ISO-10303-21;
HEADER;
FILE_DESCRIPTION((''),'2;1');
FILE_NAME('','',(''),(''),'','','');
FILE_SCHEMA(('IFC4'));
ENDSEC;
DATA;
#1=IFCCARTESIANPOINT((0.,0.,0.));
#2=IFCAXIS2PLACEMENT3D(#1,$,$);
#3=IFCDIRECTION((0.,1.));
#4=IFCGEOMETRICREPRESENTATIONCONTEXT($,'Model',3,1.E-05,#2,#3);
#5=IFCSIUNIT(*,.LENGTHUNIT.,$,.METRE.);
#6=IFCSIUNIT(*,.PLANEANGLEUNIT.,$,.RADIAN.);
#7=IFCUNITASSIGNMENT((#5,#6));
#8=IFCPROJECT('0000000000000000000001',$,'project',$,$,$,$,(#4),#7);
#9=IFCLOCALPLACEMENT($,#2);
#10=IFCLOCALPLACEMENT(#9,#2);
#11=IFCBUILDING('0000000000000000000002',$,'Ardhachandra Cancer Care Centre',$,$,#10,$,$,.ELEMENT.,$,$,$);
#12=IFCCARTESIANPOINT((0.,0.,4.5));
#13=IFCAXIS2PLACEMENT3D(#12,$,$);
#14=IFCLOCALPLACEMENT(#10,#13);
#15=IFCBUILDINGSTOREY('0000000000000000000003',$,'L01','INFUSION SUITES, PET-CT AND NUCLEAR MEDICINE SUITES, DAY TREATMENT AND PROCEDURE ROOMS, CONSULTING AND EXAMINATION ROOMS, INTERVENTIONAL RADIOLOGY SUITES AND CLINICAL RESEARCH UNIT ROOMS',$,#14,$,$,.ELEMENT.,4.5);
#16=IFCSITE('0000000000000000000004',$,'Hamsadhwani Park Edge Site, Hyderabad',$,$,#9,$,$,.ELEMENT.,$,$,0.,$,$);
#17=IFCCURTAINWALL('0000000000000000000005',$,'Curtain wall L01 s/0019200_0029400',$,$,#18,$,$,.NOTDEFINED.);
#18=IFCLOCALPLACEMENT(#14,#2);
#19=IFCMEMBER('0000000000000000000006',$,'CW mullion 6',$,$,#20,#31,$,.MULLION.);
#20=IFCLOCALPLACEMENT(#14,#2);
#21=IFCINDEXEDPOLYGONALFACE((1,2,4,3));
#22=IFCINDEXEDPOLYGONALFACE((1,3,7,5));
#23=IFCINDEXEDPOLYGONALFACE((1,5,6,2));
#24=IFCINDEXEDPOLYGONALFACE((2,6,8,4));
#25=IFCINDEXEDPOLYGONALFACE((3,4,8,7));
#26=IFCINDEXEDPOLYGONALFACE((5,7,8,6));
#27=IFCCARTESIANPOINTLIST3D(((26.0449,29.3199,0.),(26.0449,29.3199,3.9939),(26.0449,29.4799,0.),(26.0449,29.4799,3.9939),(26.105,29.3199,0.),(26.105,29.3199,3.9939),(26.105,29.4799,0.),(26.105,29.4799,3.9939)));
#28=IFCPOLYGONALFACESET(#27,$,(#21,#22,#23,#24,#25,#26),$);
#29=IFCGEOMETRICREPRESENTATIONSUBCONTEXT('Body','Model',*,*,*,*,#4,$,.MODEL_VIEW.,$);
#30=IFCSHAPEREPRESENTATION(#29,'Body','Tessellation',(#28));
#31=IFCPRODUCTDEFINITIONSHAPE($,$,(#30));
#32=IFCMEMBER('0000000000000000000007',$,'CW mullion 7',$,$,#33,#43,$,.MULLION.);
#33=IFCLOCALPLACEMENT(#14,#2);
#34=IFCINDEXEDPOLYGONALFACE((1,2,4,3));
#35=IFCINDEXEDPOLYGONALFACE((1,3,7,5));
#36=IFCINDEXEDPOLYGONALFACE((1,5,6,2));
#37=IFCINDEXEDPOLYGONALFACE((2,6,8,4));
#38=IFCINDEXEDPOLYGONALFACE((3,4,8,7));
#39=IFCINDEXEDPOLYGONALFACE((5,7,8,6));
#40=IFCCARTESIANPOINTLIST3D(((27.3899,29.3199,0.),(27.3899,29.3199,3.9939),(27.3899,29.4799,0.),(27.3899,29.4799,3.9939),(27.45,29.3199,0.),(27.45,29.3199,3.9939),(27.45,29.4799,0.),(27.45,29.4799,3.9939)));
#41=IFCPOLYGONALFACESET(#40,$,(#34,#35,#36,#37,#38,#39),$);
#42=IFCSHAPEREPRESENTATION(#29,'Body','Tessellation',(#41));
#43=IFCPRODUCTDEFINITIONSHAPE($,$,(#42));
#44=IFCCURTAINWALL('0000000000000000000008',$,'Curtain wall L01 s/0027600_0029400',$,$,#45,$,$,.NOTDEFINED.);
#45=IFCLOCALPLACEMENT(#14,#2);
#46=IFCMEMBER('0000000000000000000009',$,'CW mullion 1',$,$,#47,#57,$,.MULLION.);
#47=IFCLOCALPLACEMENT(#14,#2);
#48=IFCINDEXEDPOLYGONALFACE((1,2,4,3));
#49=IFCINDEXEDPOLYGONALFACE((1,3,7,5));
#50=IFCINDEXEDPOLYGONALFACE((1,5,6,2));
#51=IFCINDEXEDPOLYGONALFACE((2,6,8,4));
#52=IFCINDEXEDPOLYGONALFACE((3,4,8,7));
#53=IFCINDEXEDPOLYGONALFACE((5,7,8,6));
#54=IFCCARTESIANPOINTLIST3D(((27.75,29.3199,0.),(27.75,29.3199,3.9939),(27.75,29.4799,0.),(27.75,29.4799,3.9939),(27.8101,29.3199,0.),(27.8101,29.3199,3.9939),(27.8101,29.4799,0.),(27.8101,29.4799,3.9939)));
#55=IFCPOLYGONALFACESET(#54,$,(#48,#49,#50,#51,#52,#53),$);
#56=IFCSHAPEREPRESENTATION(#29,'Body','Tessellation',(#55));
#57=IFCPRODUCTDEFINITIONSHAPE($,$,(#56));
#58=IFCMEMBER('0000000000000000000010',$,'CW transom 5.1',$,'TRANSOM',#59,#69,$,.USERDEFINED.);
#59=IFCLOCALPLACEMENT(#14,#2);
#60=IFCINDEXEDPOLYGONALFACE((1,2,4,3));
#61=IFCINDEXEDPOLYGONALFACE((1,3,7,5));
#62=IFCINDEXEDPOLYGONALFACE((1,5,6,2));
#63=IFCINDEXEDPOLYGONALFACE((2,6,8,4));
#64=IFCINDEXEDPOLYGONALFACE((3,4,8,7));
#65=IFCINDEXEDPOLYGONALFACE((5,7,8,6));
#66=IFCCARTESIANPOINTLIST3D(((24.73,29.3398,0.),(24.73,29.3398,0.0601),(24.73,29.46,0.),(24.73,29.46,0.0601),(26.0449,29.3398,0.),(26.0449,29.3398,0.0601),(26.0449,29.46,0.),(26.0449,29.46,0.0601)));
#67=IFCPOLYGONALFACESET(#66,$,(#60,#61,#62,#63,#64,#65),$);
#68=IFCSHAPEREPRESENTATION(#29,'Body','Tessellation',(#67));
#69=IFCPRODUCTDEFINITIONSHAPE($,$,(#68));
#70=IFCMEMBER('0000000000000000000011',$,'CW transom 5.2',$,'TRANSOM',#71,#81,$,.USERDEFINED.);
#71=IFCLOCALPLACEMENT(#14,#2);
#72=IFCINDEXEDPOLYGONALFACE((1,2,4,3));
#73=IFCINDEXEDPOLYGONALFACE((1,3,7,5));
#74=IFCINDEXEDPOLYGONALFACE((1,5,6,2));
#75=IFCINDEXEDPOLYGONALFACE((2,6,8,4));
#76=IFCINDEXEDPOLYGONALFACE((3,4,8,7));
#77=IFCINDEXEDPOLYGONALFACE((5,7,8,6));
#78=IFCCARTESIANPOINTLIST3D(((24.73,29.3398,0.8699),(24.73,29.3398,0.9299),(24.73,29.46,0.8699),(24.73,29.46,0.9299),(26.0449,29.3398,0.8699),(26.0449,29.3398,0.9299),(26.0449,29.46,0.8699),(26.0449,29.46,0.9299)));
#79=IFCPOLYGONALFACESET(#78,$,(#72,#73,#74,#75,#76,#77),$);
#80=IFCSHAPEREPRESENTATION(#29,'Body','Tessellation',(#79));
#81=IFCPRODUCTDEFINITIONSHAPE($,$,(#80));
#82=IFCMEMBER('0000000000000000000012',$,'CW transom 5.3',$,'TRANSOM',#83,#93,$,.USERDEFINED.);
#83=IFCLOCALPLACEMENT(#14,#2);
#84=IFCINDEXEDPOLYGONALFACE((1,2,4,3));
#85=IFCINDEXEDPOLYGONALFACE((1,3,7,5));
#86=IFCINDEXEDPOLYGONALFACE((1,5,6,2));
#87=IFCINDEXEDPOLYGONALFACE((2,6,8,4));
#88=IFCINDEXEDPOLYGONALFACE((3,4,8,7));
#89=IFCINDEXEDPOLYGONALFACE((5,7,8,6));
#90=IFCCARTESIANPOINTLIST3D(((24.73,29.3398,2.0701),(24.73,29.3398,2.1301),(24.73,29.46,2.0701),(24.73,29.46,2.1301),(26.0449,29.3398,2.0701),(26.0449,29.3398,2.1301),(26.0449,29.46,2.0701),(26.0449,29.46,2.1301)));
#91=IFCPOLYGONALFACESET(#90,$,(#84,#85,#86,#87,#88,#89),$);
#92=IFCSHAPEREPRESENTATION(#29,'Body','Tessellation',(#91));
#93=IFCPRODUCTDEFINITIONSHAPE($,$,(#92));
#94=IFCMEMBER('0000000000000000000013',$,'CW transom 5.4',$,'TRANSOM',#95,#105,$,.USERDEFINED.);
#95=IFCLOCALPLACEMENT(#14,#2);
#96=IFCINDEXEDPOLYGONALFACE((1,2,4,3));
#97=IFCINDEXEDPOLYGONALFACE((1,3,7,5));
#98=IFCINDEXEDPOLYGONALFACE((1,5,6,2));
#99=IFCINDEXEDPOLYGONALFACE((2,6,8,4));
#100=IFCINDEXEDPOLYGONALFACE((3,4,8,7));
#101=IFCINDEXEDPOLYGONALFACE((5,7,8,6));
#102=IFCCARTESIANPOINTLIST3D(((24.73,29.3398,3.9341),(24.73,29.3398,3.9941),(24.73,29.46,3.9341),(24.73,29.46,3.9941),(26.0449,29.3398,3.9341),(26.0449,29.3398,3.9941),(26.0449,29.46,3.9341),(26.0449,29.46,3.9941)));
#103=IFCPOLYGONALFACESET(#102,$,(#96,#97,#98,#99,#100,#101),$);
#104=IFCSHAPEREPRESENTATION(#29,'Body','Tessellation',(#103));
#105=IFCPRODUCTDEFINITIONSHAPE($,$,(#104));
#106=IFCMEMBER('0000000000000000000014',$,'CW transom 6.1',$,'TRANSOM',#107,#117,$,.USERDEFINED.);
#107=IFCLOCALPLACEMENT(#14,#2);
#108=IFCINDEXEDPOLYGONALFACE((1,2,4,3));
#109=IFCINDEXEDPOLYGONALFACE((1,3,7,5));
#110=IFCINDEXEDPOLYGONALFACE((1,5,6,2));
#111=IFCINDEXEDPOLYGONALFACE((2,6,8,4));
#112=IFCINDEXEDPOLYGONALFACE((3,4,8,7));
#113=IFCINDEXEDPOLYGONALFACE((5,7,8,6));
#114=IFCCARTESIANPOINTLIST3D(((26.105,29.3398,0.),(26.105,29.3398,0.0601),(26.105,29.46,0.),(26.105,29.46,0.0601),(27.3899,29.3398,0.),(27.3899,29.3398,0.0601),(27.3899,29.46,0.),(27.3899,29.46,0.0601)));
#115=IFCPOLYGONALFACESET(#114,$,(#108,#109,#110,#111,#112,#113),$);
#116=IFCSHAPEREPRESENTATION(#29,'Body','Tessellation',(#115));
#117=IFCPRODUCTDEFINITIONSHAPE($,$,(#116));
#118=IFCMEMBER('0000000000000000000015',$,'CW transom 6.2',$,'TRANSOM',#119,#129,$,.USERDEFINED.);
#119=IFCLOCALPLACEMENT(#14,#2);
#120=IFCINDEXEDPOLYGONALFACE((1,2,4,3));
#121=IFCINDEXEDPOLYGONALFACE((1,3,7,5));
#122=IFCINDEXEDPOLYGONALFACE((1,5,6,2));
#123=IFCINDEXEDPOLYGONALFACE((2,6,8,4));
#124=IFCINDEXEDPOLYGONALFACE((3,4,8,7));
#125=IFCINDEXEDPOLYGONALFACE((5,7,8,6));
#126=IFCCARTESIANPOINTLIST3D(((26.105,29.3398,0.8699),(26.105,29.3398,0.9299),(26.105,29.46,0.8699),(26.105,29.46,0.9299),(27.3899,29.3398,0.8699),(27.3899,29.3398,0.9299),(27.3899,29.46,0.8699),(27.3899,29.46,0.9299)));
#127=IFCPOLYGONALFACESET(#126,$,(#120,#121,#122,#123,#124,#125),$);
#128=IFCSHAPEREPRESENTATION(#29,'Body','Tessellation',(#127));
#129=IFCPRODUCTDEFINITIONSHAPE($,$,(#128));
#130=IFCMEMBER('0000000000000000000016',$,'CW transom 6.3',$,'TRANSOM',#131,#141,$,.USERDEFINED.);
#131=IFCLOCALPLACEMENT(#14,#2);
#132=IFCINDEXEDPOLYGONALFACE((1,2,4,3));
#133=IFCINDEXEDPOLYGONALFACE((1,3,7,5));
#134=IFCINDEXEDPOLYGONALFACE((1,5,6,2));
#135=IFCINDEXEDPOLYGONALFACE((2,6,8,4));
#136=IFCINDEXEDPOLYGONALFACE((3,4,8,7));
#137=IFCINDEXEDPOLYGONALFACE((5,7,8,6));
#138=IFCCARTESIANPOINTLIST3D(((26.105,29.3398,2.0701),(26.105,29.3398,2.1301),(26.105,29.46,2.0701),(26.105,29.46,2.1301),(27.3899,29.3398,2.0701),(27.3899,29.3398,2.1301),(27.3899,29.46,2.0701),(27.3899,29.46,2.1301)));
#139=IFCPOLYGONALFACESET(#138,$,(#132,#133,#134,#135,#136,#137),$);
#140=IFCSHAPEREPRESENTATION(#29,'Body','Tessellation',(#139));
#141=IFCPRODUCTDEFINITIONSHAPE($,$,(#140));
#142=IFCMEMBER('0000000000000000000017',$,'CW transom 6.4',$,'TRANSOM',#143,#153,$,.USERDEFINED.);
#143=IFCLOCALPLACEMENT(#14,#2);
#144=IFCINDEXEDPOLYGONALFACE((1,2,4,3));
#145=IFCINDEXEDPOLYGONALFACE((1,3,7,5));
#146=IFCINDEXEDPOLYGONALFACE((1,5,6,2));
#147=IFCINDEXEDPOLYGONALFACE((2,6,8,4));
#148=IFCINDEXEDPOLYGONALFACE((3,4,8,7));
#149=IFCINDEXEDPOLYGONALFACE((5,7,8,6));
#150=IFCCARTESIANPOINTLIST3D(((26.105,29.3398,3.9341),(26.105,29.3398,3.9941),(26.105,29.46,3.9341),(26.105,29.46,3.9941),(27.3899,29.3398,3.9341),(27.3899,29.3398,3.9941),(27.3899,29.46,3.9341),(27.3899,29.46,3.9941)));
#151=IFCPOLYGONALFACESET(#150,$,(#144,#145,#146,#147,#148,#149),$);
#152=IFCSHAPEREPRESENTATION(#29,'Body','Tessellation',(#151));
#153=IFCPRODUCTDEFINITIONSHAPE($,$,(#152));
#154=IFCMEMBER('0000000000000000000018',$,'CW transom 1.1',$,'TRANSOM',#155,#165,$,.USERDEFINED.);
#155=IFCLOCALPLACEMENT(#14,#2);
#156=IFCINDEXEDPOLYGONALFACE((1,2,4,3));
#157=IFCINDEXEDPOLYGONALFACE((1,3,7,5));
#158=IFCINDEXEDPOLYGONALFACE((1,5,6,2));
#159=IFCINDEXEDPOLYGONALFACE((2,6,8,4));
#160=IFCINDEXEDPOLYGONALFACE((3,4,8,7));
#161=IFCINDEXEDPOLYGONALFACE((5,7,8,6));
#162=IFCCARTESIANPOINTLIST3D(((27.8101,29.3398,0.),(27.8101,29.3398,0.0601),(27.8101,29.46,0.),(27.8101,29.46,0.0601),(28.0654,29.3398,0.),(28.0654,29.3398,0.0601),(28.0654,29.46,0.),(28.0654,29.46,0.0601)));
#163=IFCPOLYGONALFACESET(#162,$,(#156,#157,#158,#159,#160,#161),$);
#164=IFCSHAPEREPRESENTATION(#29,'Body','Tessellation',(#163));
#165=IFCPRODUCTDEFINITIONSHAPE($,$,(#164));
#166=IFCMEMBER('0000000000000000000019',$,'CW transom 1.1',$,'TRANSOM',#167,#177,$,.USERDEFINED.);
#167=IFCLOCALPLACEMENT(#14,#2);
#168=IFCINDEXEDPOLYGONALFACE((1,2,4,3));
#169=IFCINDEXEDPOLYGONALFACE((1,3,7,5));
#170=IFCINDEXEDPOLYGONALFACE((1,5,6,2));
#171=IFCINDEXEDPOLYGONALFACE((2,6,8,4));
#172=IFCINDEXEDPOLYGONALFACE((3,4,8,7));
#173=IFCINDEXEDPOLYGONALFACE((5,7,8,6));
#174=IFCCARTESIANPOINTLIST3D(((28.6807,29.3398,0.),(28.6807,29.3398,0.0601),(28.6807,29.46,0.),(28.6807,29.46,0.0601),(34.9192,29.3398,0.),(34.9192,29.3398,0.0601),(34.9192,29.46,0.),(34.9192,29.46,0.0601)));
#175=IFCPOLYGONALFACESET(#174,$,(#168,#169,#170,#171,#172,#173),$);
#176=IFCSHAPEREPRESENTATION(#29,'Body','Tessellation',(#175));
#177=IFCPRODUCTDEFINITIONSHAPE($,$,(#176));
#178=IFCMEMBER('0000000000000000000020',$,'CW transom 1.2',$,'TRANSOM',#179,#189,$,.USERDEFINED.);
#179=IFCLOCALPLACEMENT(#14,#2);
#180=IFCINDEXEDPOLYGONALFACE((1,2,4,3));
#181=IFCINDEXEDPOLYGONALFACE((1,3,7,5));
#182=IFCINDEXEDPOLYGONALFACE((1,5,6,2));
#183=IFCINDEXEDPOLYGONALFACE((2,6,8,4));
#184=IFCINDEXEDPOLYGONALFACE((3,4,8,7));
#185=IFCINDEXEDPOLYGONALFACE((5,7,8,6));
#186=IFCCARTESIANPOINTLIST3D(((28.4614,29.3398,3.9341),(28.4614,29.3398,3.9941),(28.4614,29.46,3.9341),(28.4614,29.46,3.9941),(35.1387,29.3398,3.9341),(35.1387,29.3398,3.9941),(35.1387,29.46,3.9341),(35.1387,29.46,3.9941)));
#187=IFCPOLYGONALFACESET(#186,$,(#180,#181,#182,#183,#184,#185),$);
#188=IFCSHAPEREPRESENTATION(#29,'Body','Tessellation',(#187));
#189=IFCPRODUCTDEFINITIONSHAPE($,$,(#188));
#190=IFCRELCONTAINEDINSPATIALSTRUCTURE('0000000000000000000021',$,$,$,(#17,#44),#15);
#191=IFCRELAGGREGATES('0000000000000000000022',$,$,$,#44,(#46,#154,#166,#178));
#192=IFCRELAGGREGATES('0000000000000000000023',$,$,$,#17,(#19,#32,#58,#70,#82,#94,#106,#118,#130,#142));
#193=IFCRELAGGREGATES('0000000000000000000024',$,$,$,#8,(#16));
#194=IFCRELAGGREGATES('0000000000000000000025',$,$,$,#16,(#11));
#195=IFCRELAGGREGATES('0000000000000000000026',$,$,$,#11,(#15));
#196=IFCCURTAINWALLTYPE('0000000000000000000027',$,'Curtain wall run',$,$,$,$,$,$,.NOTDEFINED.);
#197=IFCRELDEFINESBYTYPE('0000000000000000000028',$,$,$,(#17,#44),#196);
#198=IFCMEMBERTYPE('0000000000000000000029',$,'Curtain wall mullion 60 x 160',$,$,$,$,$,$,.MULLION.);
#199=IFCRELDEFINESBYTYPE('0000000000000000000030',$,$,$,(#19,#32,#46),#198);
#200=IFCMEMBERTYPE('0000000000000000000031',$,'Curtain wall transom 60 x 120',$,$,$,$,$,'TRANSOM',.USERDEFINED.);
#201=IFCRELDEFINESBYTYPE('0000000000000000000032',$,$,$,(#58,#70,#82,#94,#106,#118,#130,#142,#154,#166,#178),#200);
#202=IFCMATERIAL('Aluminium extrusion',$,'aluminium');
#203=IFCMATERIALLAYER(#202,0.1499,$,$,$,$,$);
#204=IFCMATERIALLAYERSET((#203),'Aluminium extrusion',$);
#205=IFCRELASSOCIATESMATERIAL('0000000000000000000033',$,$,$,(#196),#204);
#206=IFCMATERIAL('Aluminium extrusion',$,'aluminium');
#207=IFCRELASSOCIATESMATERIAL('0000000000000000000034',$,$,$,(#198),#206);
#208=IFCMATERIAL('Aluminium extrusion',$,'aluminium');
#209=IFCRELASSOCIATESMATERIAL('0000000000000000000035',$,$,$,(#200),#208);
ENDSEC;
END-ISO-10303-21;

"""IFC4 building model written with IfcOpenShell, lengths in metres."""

from ifc_helpers import new_model, si_unit, direction, frame, origin, origin_2d, place, context, subcontext, project, spatial, rectangle, extrude, material, layer, layer_set, material_profile, profile_set, type_object, element, aggregate, save


model = new_model("IFC4")

# Units and contexts
model_context = context("Model", 3, precision=1e-05, world=origin(), true_north=direction((0.0, 1.0)))
body_context = subcontext(model_context, "Body", "Model", "MODEL_VIEW")
ifc_project = project(units=[si_unit("LENGTHUNIT", "METRE"), si_unit("PLANEANGLEUNIT", "RADIAN")], contexts=[model_context])

# Site, building, storey
site_placement = place(None, origin())
site = spatial("IfcSite", under=ifc_project, at=site_placement, Name="Hamsadhwani Park Edge Site, Hyderabad", CompositionType="ELEMENT", RefElevation=0.0)
building_placement = place(site_placement, origin())
building = spatial("IfcBuilding", under=site, at=building_placement, Name="Ardhachandra Cancer Care Centre", CompositionType="ELEMENT")
storey_placement = place(building_placement, frame((0.0, 0.0, 4.5)))
storey = spatial("IfcBuildingStorey", under=building, at=storey_placement, Name="L01", Description="INFUSION SUITES, PET-CT AND NUCLEAR MEDICINE SUITES, DAY TREATMENT AND PROCEDURE ROOMS, CONSULTING AND EXAMINATION ROOMS, INTERVENTIONAL RADIOLOGY SUITES AND CLINICAL RESEARCH UNIT ROOMS", CompositionType="ELEMENT", Elevation=4.5)

# Curtain wall, members
ifc_material_1 = material(Name="Aluminium extrusion", Category="aluminium")
ifc_layer_1 = layer(ifc_material_1, 0.1499)
ifc_layer_set_1 = layer_set([ifc_layer_1], Name="Aluminium extrusion")
curtain_wall_type = type_object("IfcCurtainWallType", Name="Curtain wall run", PredefinedType="NOTDEFINED", material=ifc_layer_set_1)
curtain_wall_1_placement = place(storey_placement, origin())
curtain_wall_1 = element("IfcCurtainWall", 1, at=curtain_wall_1_placement, inside=storey, type_object=curtain_wall_type, Name="Curtain wall L01 s/0019200_0029400", PredefinedType="NOTDEFINED")
ifc_material_2 = material(Name="Aluminium extrusion", Category="aluminium")
ifc_material_profile_1 = material_profile(ifc_material_2, rectangle(XDim=0.1599, YDim=0.0601, at=origin_2d()), Name="Curtain wall mullion 60 x 160")
ifc_profile_set_1 = profile_set([ifc_material_profile_1], Name="Aluminium extrusion")
member_type_1 = type_object("IfcMemberType", Name="Curtain wall mullion 60 x 160", PredefinedType="MULLION", material=ifc_profile_set_1)
member_1_placement = place(storey_placement, frame((26.075, 29.3999, 0.0), z_axis=(0.0, 0.0, 1.0), x_axis=(0.0, 1.0, 0.0)))
member_1 = element("IfcMember", 2, at=member_1_placement, type_object=member_type_1, Name="CW mullion 6", PredefinedType="MULLION", context=body_context, shape_type="SweptSolid", body=[
    extrude(rectangle(XDim=0.1599, YDim=0.0601, at=origin_2d()), origin(), (0.0, 0.0, 1.0), 3.9939),
])
member_2_placement = place(storey_placement, frame((27.4199, 29.3999, 0.0), z_axis=(0.0, 0.0, 1.0), x_axis=(0.0, 1.0, 0.0)))
member_2 = element("IfcMember", 3, at=member_2_placement, type_object=member_type_1, Name="CW mullion 7", PredefinedType="MULLION", context=body_context, shape_type="SweptSolid", body=[
    extrude(rectangle(XDim=0.1599, YDim=0.0601, at=origin_2d()), origin(), (0.0, 0.0, 1.0), 3.9939),
])

# Curtain wall, member
curtain_wall_2_placement = place(storey_placement, origin())
curtain_wall_2 = element("IfcCurtainWall", 4, at=curtain_wall_2_placement, inside=storey, type_object=curtain_wall_type, Name="Curtain wall L01 s/0027600_0029400", PredefinedType="NOTDEFINED")
member_3_placement = place(storey_placement, frame((27.78, 29.3999, 0.0), z_axis=(0.0, 0.0, 1.0), x_axis=(0.0, 1.0, 0.0)))
member_3 = element("IfcMember", 5, at=member_3_placement, type_object=member_type_1, Name="CW mullion 1", PredefinedType="MULLION", context=body_context, shape_type="SweptSolid", body=[
    extrude(rectangle(XDim=0.1599, YDim=0.0601, at=origin_2d()), origin(), (0.0, 0.0, 1.0), 3.9939),
])

# Members
ifc_material_3 = material(Name="Aluminium extrusion", Category="aluminium")
ifc_material_profile_2 = material_profile(ifc_material_3, rectangle(XDim=0.1201, YDim=0.0601, at=origin_2d()), Name="Curtain wall transom 60 x 120")
ifc_profile_set_2 = profile_set([ifc_material_profile_2], Name="Aluminium extrusion")
member_type_2 = type_object("IfcMemberType", Name="Curtain wall transom 60 x 120", ElementType="TRANSOM", PredefinedType="USERDEFINED", material=ifc_profile_set_2)
member_4_placement = place(storey_placement, frame((24.73, 29.3999, 0.03), z_axis=(1.0, 0.0, 0.0), x_axis=(0.0, 1.0, 0.0)))
member_4 = element("IfcMember", 6, at=member_4_placement, type_object=member_type_2, Name="CW transom 5.1", ObjectType="TRANSOM", PredefinedType="USERDEFINED", context=body_context, shape_type="SweptSolid", body=[
    extrude(rectangle(XDim=0.1201, YDim=0.0601, at=origin_2d()), origin(), (0.0, 0.0, 1.0), 1.3149),
])
member_5_placement = place(storey_placement, frame((24.73, 29.3999, 0.8999), z_axis=(1.0, 0.0, 0.0), x_axis=(0.0, 1.0, 0.0)))
member_5 = element("IfcMember", 7, at=member_5_placement, type_object=member_type_2, Name="CW transom 5.2", ObjectType="TRANSOM", PredefinedType="USERDEFINED", context=body_context, shape_type="SweptSolid", body=[
    extrude(rectangle(XDim=0.1201, YDim=0.0601, at=origin_2d()), origin(), (0.0, 0.0, 1.0), 1.3149),
])
member_6_placement = place(storey_placement, frame((24.73, 29.3999, 2.1001), z_axis=(1.0, 0.0, 0.0), x_axis=(0.0, 1.0, 0.0)))
member_6 = element("IfcMember", 8, at=member_6_placement, type_object=member_type_2, Name="CW transom 5.3", ObjectType="TRANSOM", PredefinedType="USERDEFINED", context=body_context, shape_type="SweptSolid", body=[
    extrude(rectangle(XDim=0.1201, YDim=0.0601, at=origin_2d()), origin(), (0.0, 0.0, 1.0), 1.3149),
])
member_7_placement = place(storey_placement, frame((24.73, 29.3999, 3.9641), z_axis=(1.0, 0.0, 0.0), x_axis=(0.0, 1.0, 0.0)))
member_7 = element("IfcMember", 9, at=member_7_placement, type_object=member_type_2, Name="CW transom 5.4", ObjectType="TRANSOM", PredefinedType="USERDEFINED", context=body_context, shape_type="SweptSolid", body=[
    extrude(rectangle(XDim=0.1201, YDim=0.0601, at=origin_2d()), origin(), (0.0, 0.0, 1.0), 1.3149),
])
member_8_placement = place(storey_placement, frame((26.105, 29.3999, 0.03), z_axis=(1.0, 0.0, 0.0), x_axis=(0.0, 1.0, 0.0)))
member_8 = element("IfcMember", 10, at=member_8_placement, type_object=member_type_2, Name="CW transom 6.1", ObjectType="TRANSOM", PredefinedType="USERDEFINED", context=body_context, shape_type="SweptSolid", body=[
    extrude(rectangle(XDim=0.1201, YDim=0.0601, at=origin_2d()), origin(), (0.0, 0.0, 1.0), 1.2849),
])
member_9_placement = place(storey_placement, frame((26.105, 29.3999, 0.8999), z_axis=(1.0, 0.0, 0.0), x_axis=(0.0, 1.0, 0.0)))
member_9 = element("IfcMember", 11, at=member_9_placement, type_object=member_type_2, Name="CW transom 6.2", ObjectType="TRANSOM", PredefinedType="USERDEFINED", context=body_context, shape_type="SweptSolid", body=[
    extrude(rectangle(XDim=0.1201, YDim=0.0601, at=origin_2d()), origin(), (0.0, 0.0, 1.0), 1.2849),
])
member_10_placement = place(storey_placement, frame((26.105, 29.3999, 2.1001), z_axis=(1.0, 0.0, 0.0), x_axis=(0.0, 1.0, 0.0)))
member_10 = element("IfcMember", 12, at=member_10_placement, type_object=member_type_2, Name="CW transom 6.3", ObjectType="TRANSOM", PredefinedType="USERDEFINED", context=body_context, shape_type="SweptSolid", body=[
    extrude(rectangle(XDim=0.1201, YDim=0.0601, at=origin_2d()), origin(), (0.0, 0.0, 1.0), 1.2849),
])
member_11_placement = place(storey_placement, frame((26.105, 29.3999, 3.9641), z_axis=(1.0, 0.0, 0.0), x_axis=(0.0, 1.0, 0.0)))
member_11 = element("IfcMember", 13, at=member_11_placement, type_object=member_type_2, Name="CW transom 6.4", ObjectType="TRANSOM", PredefinedType="USERDEFINED", context=body_context, shape_type="SweptSolid", body=[
    extrude(rectangle(XDim=0.1201, YDim=0.0601, at=origin_2d()), origin(), (0.0, 0.0, 1.0), 1.2849),
])
member_12_placement = place(storey_placement, frame((27.8101, 29.3999, 0.03), z_axis=(1.0, 0.0, 0.0), x_axis=(0.0, 1.0, 0.0)))
member_12 = element("IfcMember", 14, at=member_12_placement, type_object=member_type_2, Name="CW transom 1.1", ObjectType="TRANSOM", PredefinedType="USERDEFINED", context=body_context, shape_type="SweptSolid", body=[
    extrude(rectangle(XDim=0.1201, YDim=0.0601, at=origin_2d()), origin(), (0.0, 0.0, 1.0), 0.2554),
])
member_13_placement = place(storey_placement, frame((28.6807, 29.3999, 0.03), z_axis=(1.0, 0.0, 0.0), x_axis=(0.0, 1.0, 0.0)))
member_13 = element("IfcMember", 15, at=member_13_placement, type_object=member_type_2, Name="CW transom 1.1", ObjectType="TRANSOM", PredefinedType="USERDEFINED", context=body_context, shape_type="SweptSolid", body=[
    extrude(rectangle(XDim=0.1201, YDim=0.0601, at=origin_2d()), origin(), (0.0, 0.0, 1.0), 6.2385),
])
member_14_placement = place(storey_placement, frame((28.4614, 29.3999, 3.9641), z_axis=(1.0, 0.0, 0.0), x_axis=(0.0, 1.0, 0.0)))
member_14 = element("IfcMember", 16, at=member_14_placement, type_object=member_type_2, Name="CW transom 1.2", ObjectType="TRANSOM", PredefinedType="USERDEFINED", context=body_context, shape_type="SweptSolid", body=[
    extrude(rectangle(XDim=0.1201, YDim=0.0601, at=origin_2d()), origin(), (0.0, 0.0, 1.0), 6.6772),
])

aggregate(curtain_wall_2, [member_3, member_12, member_13, member_14])
aggregate(curtain_wall_1, [member_1, member_2, member_4, member_5, member_6, member_7, member_8, member_9, member_10, member_11])

save(model, "model.ifc")
